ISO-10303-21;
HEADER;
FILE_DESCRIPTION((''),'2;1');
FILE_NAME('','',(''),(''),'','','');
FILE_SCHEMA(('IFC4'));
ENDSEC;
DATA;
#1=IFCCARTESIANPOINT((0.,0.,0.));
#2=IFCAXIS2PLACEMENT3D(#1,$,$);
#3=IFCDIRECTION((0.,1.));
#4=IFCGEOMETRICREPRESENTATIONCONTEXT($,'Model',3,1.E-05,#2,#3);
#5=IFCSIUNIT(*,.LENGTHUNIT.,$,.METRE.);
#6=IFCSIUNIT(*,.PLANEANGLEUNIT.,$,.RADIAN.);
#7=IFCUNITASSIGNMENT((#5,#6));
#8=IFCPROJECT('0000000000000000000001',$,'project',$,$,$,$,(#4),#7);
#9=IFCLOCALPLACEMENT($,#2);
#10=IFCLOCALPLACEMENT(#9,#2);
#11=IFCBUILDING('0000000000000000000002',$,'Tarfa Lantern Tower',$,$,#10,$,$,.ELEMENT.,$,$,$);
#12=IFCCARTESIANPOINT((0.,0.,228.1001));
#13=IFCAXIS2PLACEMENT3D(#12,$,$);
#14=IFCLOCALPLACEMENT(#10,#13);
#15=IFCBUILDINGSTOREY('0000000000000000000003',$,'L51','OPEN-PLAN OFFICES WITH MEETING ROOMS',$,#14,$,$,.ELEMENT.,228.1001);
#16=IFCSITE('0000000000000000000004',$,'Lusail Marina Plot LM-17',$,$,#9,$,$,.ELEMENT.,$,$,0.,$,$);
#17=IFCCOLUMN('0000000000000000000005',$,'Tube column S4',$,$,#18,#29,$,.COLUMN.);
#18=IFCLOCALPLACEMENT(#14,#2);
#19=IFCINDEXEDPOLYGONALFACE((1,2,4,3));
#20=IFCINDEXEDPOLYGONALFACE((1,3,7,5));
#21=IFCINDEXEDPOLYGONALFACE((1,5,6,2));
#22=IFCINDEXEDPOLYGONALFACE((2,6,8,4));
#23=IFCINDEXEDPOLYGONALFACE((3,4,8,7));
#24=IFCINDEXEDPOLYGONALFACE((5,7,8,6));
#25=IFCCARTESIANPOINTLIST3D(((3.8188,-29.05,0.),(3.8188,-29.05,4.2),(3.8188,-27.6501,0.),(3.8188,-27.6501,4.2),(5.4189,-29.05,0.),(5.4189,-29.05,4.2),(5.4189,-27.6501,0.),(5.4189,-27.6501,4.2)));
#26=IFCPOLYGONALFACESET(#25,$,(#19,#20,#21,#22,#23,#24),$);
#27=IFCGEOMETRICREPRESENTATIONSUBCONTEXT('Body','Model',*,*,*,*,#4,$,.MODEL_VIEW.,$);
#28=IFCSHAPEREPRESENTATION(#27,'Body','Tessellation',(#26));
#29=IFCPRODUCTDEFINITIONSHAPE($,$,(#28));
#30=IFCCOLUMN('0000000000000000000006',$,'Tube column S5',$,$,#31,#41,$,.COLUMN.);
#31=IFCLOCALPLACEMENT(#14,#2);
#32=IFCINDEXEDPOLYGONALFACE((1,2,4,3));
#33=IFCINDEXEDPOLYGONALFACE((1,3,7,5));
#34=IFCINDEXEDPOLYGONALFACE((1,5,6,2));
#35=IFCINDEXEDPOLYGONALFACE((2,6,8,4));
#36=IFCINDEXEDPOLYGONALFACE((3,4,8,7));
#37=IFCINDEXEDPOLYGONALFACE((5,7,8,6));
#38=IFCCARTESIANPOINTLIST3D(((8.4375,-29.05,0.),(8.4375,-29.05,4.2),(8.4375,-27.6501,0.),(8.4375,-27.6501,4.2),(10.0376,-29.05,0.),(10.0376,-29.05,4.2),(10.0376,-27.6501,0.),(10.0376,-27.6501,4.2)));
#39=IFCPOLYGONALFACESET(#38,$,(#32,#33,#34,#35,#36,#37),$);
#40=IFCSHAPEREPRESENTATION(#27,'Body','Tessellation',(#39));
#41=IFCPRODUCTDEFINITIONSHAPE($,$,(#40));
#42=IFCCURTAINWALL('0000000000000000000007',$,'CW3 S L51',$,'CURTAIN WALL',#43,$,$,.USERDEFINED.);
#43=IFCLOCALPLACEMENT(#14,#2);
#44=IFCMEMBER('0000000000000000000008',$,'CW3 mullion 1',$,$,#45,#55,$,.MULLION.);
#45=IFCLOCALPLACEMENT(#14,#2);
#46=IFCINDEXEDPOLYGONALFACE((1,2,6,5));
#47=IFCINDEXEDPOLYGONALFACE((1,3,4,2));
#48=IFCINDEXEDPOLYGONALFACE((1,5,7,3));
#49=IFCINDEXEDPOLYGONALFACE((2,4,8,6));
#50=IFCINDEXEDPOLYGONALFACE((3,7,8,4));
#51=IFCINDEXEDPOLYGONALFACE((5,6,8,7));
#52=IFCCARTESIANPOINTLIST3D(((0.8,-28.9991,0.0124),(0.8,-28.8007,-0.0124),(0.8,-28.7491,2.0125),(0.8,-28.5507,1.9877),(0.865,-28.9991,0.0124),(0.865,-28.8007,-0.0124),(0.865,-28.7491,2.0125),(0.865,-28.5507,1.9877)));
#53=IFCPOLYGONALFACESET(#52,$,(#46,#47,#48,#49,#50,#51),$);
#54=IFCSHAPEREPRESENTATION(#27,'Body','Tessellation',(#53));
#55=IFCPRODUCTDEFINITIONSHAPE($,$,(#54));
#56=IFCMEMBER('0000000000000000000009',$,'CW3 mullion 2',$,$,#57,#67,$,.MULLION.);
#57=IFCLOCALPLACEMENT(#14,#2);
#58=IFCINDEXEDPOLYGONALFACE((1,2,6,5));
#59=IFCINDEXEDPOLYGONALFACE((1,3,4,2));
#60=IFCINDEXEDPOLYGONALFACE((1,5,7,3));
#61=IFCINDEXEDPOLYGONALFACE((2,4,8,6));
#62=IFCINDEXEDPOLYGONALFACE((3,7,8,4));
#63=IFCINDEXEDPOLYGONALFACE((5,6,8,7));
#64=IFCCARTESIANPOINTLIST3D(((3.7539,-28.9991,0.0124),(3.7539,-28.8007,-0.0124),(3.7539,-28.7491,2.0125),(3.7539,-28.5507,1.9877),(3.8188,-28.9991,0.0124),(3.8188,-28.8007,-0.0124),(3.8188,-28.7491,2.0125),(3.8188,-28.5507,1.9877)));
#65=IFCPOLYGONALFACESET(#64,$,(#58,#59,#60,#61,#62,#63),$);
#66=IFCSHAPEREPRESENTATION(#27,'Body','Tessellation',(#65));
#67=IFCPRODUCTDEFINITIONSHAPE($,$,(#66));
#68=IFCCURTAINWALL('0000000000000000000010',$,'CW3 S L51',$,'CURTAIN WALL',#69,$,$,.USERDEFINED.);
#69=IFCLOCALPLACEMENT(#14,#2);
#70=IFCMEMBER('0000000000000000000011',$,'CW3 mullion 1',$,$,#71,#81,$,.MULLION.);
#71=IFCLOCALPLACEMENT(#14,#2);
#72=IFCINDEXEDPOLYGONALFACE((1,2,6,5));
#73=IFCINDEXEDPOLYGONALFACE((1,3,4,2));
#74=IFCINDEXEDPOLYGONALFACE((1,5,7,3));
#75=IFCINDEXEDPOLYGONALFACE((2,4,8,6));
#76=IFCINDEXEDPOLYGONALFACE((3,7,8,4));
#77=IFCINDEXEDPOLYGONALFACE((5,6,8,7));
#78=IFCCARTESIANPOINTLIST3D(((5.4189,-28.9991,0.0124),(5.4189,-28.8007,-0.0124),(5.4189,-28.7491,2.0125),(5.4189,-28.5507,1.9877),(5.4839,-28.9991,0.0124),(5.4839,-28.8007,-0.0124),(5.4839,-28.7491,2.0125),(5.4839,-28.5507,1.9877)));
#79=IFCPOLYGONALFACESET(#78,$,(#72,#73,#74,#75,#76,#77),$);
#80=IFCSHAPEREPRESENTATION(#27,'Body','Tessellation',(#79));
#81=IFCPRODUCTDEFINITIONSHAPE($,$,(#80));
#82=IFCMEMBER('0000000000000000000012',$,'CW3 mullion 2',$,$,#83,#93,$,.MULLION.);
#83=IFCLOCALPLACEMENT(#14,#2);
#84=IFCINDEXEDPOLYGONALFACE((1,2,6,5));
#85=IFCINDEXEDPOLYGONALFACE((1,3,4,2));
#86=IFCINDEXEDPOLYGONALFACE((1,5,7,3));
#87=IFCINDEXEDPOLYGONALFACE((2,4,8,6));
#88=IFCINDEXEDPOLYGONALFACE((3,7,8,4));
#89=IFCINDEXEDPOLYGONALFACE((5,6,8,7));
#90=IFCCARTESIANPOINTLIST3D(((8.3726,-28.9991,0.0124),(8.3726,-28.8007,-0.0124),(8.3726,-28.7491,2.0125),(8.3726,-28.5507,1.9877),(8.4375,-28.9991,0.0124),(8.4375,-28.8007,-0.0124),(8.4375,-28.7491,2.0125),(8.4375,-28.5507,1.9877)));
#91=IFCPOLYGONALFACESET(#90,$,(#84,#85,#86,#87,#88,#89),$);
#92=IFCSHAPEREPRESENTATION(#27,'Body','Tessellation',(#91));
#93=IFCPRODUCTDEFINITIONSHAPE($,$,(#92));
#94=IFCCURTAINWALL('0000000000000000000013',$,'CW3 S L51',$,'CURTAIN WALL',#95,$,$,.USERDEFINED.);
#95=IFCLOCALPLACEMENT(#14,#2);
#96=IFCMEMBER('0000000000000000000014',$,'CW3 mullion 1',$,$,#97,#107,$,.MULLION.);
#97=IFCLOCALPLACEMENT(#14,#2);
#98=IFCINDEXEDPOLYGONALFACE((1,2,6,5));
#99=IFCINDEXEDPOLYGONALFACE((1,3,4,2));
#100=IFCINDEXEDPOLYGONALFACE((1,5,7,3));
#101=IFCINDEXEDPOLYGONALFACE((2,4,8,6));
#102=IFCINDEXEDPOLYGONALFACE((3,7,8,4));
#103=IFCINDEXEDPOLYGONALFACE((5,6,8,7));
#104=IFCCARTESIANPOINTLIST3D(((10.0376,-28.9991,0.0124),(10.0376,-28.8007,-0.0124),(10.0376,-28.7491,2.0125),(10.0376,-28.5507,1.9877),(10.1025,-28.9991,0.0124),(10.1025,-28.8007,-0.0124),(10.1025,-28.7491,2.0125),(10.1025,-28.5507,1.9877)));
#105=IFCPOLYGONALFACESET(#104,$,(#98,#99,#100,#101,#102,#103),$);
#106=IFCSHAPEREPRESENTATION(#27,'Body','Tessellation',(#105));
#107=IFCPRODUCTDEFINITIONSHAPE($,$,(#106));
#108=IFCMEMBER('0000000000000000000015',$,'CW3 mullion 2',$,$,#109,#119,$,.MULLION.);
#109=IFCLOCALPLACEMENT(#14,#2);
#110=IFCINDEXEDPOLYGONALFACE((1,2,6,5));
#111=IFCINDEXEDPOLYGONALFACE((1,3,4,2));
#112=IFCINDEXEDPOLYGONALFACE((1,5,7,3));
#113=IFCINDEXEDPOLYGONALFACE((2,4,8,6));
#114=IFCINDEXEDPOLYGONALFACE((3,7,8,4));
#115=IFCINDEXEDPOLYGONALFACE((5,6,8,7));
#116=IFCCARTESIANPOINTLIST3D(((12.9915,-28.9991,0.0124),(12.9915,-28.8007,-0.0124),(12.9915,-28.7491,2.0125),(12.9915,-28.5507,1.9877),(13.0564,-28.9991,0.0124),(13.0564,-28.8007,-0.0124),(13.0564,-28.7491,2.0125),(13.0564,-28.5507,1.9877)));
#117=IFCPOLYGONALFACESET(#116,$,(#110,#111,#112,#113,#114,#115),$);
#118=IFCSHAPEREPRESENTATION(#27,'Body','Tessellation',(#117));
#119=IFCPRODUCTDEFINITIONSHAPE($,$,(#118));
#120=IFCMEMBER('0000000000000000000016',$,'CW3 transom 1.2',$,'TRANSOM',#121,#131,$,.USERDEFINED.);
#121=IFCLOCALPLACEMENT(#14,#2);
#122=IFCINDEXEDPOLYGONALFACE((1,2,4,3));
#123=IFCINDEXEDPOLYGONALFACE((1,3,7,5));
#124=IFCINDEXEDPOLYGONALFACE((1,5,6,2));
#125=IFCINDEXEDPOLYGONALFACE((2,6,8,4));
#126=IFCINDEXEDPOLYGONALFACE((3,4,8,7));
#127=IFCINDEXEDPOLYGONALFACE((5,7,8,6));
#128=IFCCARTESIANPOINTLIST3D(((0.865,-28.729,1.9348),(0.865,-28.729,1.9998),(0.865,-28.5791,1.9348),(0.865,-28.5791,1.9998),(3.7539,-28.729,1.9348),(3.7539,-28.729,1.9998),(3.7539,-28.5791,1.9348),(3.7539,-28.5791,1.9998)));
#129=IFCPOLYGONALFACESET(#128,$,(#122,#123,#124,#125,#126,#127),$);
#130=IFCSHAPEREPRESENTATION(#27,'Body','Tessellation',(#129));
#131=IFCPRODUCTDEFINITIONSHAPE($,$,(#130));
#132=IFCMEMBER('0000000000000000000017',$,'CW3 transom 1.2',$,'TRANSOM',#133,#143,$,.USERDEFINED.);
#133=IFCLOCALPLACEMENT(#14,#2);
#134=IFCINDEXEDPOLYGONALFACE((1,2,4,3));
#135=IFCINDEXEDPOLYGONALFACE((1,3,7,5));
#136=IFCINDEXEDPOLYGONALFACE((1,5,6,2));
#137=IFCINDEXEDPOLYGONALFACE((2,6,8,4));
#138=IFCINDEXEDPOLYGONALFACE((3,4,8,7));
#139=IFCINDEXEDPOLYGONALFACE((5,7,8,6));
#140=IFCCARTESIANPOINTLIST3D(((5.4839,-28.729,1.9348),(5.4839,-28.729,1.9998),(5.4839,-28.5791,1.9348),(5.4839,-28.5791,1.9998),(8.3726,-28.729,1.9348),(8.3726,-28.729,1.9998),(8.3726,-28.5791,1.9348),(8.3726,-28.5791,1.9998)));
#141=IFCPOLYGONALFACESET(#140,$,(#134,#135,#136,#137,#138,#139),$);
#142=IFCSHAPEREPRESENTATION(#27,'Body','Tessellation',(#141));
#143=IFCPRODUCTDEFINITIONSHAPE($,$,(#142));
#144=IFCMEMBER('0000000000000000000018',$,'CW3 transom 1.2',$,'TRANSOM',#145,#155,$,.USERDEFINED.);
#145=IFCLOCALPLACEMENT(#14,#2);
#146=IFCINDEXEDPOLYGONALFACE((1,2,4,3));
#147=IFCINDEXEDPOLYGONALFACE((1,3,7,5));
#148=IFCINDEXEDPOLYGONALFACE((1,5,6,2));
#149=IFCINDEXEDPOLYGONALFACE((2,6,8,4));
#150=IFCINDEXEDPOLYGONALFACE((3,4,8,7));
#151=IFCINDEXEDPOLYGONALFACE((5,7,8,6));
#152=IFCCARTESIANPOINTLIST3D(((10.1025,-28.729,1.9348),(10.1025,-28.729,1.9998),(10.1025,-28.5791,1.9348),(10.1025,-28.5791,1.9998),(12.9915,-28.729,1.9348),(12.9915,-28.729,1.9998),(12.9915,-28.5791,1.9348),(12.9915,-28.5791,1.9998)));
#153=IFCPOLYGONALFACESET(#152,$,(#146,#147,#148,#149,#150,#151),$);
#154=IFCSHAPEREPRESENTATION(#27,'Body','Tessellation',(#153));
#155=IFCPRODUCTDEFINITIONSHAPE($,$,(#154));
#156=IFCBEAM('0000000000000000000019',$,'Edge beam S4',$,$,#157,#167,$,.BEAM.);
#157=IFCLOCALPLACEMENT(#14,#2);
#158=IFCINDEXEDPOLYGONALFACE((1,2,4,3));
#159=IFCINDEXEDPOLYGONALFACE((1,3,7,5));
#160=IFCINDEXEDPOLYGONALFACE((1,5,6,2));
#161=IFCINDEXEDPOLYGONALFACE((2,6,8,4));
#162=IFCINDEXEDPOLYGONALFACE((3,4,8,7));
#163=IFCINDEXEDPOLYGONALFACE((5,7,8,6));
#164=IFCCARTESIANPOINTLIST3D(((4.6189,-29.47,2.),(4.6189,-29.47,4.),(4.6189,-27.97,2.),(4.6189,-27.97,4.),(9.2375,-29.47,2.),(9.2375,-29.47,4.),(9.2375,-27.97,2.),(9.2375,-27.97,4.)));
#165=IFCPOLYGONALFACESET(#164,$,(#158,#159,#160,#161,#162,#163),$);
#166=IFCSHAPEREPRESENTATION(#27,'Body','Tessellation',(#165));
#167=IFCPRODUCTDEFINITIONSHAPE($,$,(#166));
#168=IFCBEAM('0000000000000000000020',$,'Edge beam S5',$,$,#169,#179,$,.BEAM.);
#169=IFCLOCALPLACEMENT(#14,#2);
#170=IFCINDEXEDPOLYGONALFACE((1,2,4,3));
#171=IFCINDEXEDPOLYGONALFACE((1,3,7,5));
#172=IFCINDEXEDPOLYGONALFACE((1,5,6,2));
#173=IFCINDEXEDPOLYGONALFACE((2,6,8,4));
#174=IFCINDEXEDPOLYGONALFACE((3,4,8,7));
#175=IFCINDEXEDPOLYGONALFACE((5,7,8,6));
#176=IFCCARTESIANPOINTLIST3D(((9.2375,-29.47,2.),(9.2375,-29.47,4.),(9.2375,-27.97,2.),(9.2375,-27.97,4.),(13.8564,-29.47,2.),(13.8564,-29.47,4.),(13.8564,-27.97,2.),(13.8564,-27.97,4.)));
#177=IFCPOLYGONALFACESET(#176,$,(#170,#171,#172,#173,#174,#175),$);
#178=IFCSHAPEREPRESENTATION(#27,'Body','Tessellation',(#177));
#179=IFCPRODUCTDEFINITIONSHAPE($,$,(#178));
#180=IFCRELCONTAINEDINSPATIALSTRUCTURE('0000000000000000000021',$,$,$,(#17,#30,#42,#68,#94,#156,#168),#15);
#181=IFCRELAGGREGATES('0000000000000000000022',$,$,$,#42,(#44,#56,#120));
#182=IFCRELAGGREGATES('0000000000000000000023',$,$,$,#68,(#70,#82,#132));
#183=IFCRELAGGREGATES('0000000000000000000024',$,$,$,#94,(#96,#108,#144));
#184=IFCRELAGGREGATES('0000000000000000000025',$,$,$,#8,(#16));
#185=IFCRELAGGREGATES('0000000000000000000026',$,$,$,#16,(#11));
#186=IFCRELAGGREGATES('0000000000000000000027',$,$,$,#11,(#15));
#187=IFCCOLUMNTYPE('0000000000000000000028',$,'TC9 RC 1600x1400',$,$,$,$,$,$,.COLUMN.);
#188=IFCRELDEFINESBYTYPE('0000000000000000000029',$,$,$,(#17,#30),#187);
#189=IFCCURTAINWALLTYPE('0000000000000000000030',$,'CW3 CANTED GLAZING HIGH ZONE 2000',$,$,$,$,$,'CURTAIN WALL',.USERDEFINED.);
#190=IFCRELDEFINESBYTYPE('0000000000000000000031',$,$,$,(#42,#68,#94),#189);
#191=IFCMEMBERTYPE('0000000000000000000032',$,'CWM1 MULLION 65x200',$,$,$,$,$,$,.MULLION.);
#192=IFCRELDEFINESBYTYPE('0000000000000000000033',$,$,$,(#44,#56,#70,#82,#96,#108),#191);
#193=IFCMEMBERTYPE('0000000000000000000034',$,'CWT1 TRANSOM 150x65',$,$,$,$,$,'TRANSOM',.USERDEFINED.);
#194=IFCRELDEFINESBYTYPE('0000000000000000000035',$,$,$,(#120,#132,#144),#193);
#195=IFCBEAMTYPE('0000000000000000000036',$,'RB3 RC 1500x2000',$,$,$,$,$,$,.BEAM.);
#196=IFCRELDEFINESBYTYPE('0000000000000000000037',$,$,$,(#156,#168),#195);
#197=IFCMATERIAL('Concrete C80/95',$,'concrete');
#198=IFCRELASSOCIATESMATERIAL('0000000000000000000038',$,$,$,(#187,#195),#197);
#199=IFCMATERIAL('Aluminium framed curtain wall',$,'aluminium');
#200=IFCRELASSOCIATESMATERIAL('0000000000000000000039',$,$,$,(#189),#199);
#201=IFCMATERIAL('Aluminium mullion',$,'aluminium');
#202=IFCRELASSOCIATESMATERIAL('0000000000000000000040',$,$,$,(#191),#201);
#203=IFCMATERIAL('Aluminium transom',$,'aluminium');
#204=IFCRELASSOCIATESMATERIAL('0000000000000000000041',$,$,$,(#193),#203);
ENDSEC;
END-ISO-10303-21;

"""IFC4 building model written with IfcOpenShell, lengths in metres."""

from ifc_helpers import new_model, si_unit, direction, frame, origin, origin_2d, place, context, subcontext, project, spatial, rectangle, extrude, material, material_profile, profile_set, type_object, element, aggregate, save


model = new_model("IFC4")

# Units and contexts
model_context = context("Model", 3, precision=1e-05, world=origin(), true_north=direction((0.0, 1.0)))
body_context = subcontext(model_context, "Body", "Model", "MODEL_VIEW")
ifc_project = project(units=[si_unit("LENGTHUNIT", "METRE"), si_unit("PLANEANGLEUNIT", "RADIAN")], contexts=[model_context])

# Site, building, storey
site_placement = place(None, origin())
site = spatial("IfcSite", under=ifc_project, at=site_placement, Name="Lusail Marina Plot LM-17", CompositionType="ELEMENT", RefElevation=0.0)
building_placement = place(site_placement, origin())
building = spatial("IfcBuilding", under=site, at=building_placement, Name="Tarfa Lantern Tower", CompositionType="ELEMENT")
storey_placement = place(building_placement, frame((0.0, 0.0, 228.1001)))
storey = spatial("IfcBuildingStorey", under=building, at=storey_placement, Name="L51", Description="OPEN-PLAN OFFICES WITH MEETING ROOMS", CompositionType="ELEMENT", Elevation=228.1001)

# Columns
ifc_material_1 = material(Name="Concrete C80/95", Category="concrete")
ifc_material_profile_1 = material_profile(ifc_material_1, rectangle(XDim=1.6001, YDim=1.3999, at=origin_2d()), Name="RC 1600x1400")
ifc_profile_set_1 = profile_set([ifc_material_profile_1], Name="Concrete C80/95")
column_type = type_object("IfcColumnType", Name="TC9 RC 1600x1400", PredefinedType="COLUMN", material=ifc_profile_set_1)
for number, where, z_axis, x_axis, name in (
    (1, (4.6189, -28.3501, 0.0), (0.0, 0.0, 1.0), (1.0, 0.0, 0.0), "Tube column S4"),
    (2, (9.2375, -28.3501, 0.0), (0.0, 0.0, 1.0), (1.0, 0.0, 0.0), "Tube column S5"),
):
    element("IfcColumn", number, at=place(storey_placement, frame(where, z_axis=z_axis, x_axis=x_axis)), inside=storey, type_object=column_type, Name=name, PredefinedType="COLUMN", context=body_context, shape_type="SweptSolid", body=[
        extrude(rectangle(XDim=1.6001, YDim=1.3999, at=origin_2d()), origin(), (0.0, 0.0, 1.0), 4.2),
    ])

# Curtain walls, members
ifc_material_2 = material(Name="Aluminium framed curtain wall", Category="aluminium")
curtain_wall_type = type_object("IfcCurtainWallType", Name="CW3 CANTED GLAZING HIGH ZONE 2000", ElementType="CURTAIN WALL", PredefinedType="USERDEFINED", material=ifc_material_2)
curtain_wall_1_placement = place(storey_placement, origin())
curtain_wall_1 = element("IfcCurtainWall", 3, at=curtain_wall_1_placement, inside=storey, type_object=curtain_wall_type, Name="CW3 S L51", ObjectType="CURTAIN WALL", PredefinedType="USERDEFINED")
ifc_material_3 = material(Name="Aluminium mullion", Category="aluminium")
ifc_material_profile_2 = material_profile(ifc_material_3, rectangle(XDim=0.0649, YDim=0.2, at=origin_2d()), Name="AL MULLION 65x200")
ifc_profile_set_2 = profile_set([ifc_material_profile_2], Name="Aluminium mullion")
member_type_1 = type_object("IfcMemberType", Name="CWM1 MULLION 65x200", PredefinedType="MULLION", material=ifc_profile_set_2)
member_1_placement = place(storey_placement, frame((0.8325, -28.8999, 0.0), z_axis=(0.0, 0.124035, 0.992278), x_axis=(-1.0, 0.0, 0.0)))
member_1 = element("IfcMember", 4, at=member_1_placement, type_object=member_type_1, Name="CW3 mullion 1", PredefinedType="MULLION", context=body_context, shape_type="SweptSolid", body=[
    extrude(rectangle(XDim=0.0649, YDim=0.2, at=origin_2d()), origin(), (0.0, 0.0, 1.0), 2.0156),
])
member_2_placement = place(storey_placement, frame((3.7864, -28.8999, 0.0), z_axis=(0.0, 0.124035, 0.992278), x_axis=(-1.0, 0.0, 0.0)))
member_2 = element("IfcMember", 5, at=member_2_placement, type_object=member_type_1, Name="CW3 mullion 2", PredefinedType="MULLION", context=body_context, shape_type="SweptSolid", body=[
    extrude(rectangle(XDim=0.0649, YDim=0.2, at=origin_2d()), origin(), (0.0, 0.0, 1.0), 2.0156),
])
curtain_wall_2_placement = place(storey_placement, origin())
curtain_wall_2 = element("IfcCurtainWall", 6, at=curtain_wall_2_placement, inside=storey, type_object=curtain_wall_type, Name="CW3 S L51", ObjectType="CURTAIN WALL", PredefinedType="USERDEFINED")
member_3_placement = place(storey_placement, frame((5.4514, -28.8999, 0.0), z_axis=(0.0, 0.124035, 0.992278), x_axis=(-1.0, 0.0, 0.0)))
member_3 = element("IfcMember", 7, at=member_3_placement, type_object=member_type_1, Name="CW3 mullion 1", PredefinedType="MULLION", context=body_context, shape_type="SweptSolid", body=[
    extrude(rectangle(XDim=0.0649, YDim=0.2, at=origin_2d()), origin(), (0.0, 0.0, 1.0), 2.0156),
])
member_4_placement = place(storey_placement, frame((8.405, -28.8999, 0.0), z_axis=(0.0, 0.124035, 0.992278), x_axis=(-1.0, 0.0, 0.0)))
member_4 = element("IfcMember", 8, at=member_4_placement, type_object=member_type_1, Name="CW3 mullion 2", PredefinedType="MULLION", context=body_context, shape_type="SweptSolid", body=[
    extrude(rectangle(XDim=0.0649, YDim=0.2, at=origin_2d()), origin(), (0.0, 0.0, 1.0), 2.0156),
])
curtain_wall_3_placement = place(storey_placement, origin())
curtain_wall_3 = element("IfcCurtainWall", 9, at=curtain_wall_3_placement, inside=storey, type_object=curtain_wall_type, Name="CW3 S L51", ObjectType="CURTAIN WALL", PredefinedType="USERDEFINED")
member_5_placement = place(storey_placement, frame((10.0701, -28.8999, 0.0), z_axis=(0.0, 0.124035, 0.992278), x_axis=(-1.0, 0.0, 0.0)))
member_5 = element("IfcMember", 10, at=member_5_placement, type_object=member_type_1, Name="CW3 mullion 1", PredefinedType="MULLION", context=body_context, shape_type="SweptSolid", body=[
    extrude(rectangle(XDim=0.0649, YDim=0.2, at=origin_2d()), origin(), (0.0, 0.0, 1.0), 2.0156),
])
member_6_placement = place(storey_placement, frame((13.0239, -28.8999, 0.0), z_axis=(0.0, 0.124035, 0.992278), x_axis=(-1.0, 0.0, 0.0)))
member_6 = element("IfcMember", 11, at=member_6_placement, type_object=member_type_1, Name="CW3 mullion 2", PredefinedType="MULLION", context=body_context, shape_type="SweptSolid", body=[
    extrude(rectangle(XDim=0.0649, YDim=0.2, at=origin_2d()), origin(), (0.0, 0.0, 1.0), 2.0156),
])

# Members
ifc_material_4 = material(Name="Aluminium transom", Category="aluminium")
ifc_material_profile_3 = material_profile(ifc_material_4, rectangle(XDim=0.1499, YDim=0.0649, at=origin_2d()), Name="AL TRANSOM 150x65")
ifc_profile_set_3 = profile_set([ifc_material_profile_3], Name="Aluminium transom")
member_type_2 = type_object("IfcMemberType", Name="CWT1 TRANSOM 150x65", ElementType="TRANSOM", PredefinedType="USERDEFINED", material=ifc_profile_set_3)
member_7_placement = place(storey_placement, frame((0.865, -28.6541, 1.9673), z_axis=(1.0, 0.0, 0.0), x_axis=(0.0, 1.0, 0.0)))
member_7 = element("IfcMember", 12, at=member_7_placement, type_object=member_type_2, Name="CW3 transom 1.2", ObjectType="TRANSOM", PredefinedType="USERDEFINED", context=body_context, shape_type="SweptSolid", body=[
    extrude(rectangle(XDim=0.1499, YDim=0.0649, at=origin_2d()), origin(), (0.0, 0.0, 1.0), 2.8889),
])
member_8_placement = place(storey_placement, frame((5.4839, -28.6541, 1.9673), z_axis=(1.0, 0.0, 0.0), x_axis=(0.0, 1.0, 0.0)))
member_8 = element("IfcMember", 13, at=member_8_placement, type_object=member_type_2, Name="CW3 transom 1.2", ObjectType="TRANSOM", PredefinedType="USERDEFINED", context=body_context, shape_type="SweptSolid", body=[
    extrude(rectangle(XDim=0.1499, YDim=0.0649, at=origin_2d()), origin(), (0.0, 0.0, 1.0), 2.8887),
])
member_9_placement = place(storey_placement, frame((10.1025, -28.6541, 1.9673), z_axis=(1.0, 0.0, 0.0), x_axis=(0.0, 1.0, 0.0)))
member_9 = element("IfcMember", 14, at=member_9_placement, type_object=member_type_2, Name="CW3 transom 1.2", ObjectType="TRANSOM", PredefinedType="USERDEFINED", context=body_context, shape_type="SweptSolid", body=[
    extrude(rectangle(XDim=0.1499, YDim=0.0649, at=origin_2d()), origin(), (0.0, 0.0, 1.0), 2.8889),
])

# Beams
ifc_material_profile_4 = material_profile(ifc_material_1, rectangle(XDim=1.5, YDim=2.0, at=origin_2d()), Name="RC 1500x2000")
ifc_profile_set_4 = profile_set([ifc_material_profile_4], Name="Concrete C80/95")
beam_type_1 = type_object("IfcBeamType", Name="RB3 RC 1500x2000", PredefinedType="BEAM", material=ifc_profile_set_4)
beam_1_placement = place(storey_placement, frame((4.6189, -28.72, 3.0), z_axis=(1.0, 0.0, 0.0), x_axis=(0.0, 1.0, 0.0)))
element("IfcBeam", 15, at=beam_1_placement, inside=storey, type_object=beam_type_1, Name="Edge beam S4", PredefinedType="BEAM", context=body_context, shape_type="SweptSolid", body=[
    extrude(rectangle(XDim=1.5, YDim=2.0, at=origin_2d()), origin(), (0.0, 0.0, 1.0), 4.6187),
])
beam_2_placement = place(storey_placement, frame((9.2375, -28.72, 3.0), z_axis=(1.0, 0.0, 0.0), x_axis=(0.0, 1.0, 0.0)))
element("IfcBeam", 16, at=beam_2_placement, inside=storey, type_object=beam_type_1, Name="Edge beam S5", PredefinedType="BEAM", context=body_context, shape_type="SweptSolid", body=[
    extrude(rectangle(XDim=1.5, YDim=2.0, at=origin_2d()), origin(), (0.0, 0.0, 1.0), 4.6189),
])

aggregate(curtain_wall_1, [member_1, member_2, member_7])
aggregate(curtain_wall_2, [member_3, member_4, member_8])
aggregate(curtain_wall_3, [member_5, member_6, member_9])

save(model, "model.ifc")
